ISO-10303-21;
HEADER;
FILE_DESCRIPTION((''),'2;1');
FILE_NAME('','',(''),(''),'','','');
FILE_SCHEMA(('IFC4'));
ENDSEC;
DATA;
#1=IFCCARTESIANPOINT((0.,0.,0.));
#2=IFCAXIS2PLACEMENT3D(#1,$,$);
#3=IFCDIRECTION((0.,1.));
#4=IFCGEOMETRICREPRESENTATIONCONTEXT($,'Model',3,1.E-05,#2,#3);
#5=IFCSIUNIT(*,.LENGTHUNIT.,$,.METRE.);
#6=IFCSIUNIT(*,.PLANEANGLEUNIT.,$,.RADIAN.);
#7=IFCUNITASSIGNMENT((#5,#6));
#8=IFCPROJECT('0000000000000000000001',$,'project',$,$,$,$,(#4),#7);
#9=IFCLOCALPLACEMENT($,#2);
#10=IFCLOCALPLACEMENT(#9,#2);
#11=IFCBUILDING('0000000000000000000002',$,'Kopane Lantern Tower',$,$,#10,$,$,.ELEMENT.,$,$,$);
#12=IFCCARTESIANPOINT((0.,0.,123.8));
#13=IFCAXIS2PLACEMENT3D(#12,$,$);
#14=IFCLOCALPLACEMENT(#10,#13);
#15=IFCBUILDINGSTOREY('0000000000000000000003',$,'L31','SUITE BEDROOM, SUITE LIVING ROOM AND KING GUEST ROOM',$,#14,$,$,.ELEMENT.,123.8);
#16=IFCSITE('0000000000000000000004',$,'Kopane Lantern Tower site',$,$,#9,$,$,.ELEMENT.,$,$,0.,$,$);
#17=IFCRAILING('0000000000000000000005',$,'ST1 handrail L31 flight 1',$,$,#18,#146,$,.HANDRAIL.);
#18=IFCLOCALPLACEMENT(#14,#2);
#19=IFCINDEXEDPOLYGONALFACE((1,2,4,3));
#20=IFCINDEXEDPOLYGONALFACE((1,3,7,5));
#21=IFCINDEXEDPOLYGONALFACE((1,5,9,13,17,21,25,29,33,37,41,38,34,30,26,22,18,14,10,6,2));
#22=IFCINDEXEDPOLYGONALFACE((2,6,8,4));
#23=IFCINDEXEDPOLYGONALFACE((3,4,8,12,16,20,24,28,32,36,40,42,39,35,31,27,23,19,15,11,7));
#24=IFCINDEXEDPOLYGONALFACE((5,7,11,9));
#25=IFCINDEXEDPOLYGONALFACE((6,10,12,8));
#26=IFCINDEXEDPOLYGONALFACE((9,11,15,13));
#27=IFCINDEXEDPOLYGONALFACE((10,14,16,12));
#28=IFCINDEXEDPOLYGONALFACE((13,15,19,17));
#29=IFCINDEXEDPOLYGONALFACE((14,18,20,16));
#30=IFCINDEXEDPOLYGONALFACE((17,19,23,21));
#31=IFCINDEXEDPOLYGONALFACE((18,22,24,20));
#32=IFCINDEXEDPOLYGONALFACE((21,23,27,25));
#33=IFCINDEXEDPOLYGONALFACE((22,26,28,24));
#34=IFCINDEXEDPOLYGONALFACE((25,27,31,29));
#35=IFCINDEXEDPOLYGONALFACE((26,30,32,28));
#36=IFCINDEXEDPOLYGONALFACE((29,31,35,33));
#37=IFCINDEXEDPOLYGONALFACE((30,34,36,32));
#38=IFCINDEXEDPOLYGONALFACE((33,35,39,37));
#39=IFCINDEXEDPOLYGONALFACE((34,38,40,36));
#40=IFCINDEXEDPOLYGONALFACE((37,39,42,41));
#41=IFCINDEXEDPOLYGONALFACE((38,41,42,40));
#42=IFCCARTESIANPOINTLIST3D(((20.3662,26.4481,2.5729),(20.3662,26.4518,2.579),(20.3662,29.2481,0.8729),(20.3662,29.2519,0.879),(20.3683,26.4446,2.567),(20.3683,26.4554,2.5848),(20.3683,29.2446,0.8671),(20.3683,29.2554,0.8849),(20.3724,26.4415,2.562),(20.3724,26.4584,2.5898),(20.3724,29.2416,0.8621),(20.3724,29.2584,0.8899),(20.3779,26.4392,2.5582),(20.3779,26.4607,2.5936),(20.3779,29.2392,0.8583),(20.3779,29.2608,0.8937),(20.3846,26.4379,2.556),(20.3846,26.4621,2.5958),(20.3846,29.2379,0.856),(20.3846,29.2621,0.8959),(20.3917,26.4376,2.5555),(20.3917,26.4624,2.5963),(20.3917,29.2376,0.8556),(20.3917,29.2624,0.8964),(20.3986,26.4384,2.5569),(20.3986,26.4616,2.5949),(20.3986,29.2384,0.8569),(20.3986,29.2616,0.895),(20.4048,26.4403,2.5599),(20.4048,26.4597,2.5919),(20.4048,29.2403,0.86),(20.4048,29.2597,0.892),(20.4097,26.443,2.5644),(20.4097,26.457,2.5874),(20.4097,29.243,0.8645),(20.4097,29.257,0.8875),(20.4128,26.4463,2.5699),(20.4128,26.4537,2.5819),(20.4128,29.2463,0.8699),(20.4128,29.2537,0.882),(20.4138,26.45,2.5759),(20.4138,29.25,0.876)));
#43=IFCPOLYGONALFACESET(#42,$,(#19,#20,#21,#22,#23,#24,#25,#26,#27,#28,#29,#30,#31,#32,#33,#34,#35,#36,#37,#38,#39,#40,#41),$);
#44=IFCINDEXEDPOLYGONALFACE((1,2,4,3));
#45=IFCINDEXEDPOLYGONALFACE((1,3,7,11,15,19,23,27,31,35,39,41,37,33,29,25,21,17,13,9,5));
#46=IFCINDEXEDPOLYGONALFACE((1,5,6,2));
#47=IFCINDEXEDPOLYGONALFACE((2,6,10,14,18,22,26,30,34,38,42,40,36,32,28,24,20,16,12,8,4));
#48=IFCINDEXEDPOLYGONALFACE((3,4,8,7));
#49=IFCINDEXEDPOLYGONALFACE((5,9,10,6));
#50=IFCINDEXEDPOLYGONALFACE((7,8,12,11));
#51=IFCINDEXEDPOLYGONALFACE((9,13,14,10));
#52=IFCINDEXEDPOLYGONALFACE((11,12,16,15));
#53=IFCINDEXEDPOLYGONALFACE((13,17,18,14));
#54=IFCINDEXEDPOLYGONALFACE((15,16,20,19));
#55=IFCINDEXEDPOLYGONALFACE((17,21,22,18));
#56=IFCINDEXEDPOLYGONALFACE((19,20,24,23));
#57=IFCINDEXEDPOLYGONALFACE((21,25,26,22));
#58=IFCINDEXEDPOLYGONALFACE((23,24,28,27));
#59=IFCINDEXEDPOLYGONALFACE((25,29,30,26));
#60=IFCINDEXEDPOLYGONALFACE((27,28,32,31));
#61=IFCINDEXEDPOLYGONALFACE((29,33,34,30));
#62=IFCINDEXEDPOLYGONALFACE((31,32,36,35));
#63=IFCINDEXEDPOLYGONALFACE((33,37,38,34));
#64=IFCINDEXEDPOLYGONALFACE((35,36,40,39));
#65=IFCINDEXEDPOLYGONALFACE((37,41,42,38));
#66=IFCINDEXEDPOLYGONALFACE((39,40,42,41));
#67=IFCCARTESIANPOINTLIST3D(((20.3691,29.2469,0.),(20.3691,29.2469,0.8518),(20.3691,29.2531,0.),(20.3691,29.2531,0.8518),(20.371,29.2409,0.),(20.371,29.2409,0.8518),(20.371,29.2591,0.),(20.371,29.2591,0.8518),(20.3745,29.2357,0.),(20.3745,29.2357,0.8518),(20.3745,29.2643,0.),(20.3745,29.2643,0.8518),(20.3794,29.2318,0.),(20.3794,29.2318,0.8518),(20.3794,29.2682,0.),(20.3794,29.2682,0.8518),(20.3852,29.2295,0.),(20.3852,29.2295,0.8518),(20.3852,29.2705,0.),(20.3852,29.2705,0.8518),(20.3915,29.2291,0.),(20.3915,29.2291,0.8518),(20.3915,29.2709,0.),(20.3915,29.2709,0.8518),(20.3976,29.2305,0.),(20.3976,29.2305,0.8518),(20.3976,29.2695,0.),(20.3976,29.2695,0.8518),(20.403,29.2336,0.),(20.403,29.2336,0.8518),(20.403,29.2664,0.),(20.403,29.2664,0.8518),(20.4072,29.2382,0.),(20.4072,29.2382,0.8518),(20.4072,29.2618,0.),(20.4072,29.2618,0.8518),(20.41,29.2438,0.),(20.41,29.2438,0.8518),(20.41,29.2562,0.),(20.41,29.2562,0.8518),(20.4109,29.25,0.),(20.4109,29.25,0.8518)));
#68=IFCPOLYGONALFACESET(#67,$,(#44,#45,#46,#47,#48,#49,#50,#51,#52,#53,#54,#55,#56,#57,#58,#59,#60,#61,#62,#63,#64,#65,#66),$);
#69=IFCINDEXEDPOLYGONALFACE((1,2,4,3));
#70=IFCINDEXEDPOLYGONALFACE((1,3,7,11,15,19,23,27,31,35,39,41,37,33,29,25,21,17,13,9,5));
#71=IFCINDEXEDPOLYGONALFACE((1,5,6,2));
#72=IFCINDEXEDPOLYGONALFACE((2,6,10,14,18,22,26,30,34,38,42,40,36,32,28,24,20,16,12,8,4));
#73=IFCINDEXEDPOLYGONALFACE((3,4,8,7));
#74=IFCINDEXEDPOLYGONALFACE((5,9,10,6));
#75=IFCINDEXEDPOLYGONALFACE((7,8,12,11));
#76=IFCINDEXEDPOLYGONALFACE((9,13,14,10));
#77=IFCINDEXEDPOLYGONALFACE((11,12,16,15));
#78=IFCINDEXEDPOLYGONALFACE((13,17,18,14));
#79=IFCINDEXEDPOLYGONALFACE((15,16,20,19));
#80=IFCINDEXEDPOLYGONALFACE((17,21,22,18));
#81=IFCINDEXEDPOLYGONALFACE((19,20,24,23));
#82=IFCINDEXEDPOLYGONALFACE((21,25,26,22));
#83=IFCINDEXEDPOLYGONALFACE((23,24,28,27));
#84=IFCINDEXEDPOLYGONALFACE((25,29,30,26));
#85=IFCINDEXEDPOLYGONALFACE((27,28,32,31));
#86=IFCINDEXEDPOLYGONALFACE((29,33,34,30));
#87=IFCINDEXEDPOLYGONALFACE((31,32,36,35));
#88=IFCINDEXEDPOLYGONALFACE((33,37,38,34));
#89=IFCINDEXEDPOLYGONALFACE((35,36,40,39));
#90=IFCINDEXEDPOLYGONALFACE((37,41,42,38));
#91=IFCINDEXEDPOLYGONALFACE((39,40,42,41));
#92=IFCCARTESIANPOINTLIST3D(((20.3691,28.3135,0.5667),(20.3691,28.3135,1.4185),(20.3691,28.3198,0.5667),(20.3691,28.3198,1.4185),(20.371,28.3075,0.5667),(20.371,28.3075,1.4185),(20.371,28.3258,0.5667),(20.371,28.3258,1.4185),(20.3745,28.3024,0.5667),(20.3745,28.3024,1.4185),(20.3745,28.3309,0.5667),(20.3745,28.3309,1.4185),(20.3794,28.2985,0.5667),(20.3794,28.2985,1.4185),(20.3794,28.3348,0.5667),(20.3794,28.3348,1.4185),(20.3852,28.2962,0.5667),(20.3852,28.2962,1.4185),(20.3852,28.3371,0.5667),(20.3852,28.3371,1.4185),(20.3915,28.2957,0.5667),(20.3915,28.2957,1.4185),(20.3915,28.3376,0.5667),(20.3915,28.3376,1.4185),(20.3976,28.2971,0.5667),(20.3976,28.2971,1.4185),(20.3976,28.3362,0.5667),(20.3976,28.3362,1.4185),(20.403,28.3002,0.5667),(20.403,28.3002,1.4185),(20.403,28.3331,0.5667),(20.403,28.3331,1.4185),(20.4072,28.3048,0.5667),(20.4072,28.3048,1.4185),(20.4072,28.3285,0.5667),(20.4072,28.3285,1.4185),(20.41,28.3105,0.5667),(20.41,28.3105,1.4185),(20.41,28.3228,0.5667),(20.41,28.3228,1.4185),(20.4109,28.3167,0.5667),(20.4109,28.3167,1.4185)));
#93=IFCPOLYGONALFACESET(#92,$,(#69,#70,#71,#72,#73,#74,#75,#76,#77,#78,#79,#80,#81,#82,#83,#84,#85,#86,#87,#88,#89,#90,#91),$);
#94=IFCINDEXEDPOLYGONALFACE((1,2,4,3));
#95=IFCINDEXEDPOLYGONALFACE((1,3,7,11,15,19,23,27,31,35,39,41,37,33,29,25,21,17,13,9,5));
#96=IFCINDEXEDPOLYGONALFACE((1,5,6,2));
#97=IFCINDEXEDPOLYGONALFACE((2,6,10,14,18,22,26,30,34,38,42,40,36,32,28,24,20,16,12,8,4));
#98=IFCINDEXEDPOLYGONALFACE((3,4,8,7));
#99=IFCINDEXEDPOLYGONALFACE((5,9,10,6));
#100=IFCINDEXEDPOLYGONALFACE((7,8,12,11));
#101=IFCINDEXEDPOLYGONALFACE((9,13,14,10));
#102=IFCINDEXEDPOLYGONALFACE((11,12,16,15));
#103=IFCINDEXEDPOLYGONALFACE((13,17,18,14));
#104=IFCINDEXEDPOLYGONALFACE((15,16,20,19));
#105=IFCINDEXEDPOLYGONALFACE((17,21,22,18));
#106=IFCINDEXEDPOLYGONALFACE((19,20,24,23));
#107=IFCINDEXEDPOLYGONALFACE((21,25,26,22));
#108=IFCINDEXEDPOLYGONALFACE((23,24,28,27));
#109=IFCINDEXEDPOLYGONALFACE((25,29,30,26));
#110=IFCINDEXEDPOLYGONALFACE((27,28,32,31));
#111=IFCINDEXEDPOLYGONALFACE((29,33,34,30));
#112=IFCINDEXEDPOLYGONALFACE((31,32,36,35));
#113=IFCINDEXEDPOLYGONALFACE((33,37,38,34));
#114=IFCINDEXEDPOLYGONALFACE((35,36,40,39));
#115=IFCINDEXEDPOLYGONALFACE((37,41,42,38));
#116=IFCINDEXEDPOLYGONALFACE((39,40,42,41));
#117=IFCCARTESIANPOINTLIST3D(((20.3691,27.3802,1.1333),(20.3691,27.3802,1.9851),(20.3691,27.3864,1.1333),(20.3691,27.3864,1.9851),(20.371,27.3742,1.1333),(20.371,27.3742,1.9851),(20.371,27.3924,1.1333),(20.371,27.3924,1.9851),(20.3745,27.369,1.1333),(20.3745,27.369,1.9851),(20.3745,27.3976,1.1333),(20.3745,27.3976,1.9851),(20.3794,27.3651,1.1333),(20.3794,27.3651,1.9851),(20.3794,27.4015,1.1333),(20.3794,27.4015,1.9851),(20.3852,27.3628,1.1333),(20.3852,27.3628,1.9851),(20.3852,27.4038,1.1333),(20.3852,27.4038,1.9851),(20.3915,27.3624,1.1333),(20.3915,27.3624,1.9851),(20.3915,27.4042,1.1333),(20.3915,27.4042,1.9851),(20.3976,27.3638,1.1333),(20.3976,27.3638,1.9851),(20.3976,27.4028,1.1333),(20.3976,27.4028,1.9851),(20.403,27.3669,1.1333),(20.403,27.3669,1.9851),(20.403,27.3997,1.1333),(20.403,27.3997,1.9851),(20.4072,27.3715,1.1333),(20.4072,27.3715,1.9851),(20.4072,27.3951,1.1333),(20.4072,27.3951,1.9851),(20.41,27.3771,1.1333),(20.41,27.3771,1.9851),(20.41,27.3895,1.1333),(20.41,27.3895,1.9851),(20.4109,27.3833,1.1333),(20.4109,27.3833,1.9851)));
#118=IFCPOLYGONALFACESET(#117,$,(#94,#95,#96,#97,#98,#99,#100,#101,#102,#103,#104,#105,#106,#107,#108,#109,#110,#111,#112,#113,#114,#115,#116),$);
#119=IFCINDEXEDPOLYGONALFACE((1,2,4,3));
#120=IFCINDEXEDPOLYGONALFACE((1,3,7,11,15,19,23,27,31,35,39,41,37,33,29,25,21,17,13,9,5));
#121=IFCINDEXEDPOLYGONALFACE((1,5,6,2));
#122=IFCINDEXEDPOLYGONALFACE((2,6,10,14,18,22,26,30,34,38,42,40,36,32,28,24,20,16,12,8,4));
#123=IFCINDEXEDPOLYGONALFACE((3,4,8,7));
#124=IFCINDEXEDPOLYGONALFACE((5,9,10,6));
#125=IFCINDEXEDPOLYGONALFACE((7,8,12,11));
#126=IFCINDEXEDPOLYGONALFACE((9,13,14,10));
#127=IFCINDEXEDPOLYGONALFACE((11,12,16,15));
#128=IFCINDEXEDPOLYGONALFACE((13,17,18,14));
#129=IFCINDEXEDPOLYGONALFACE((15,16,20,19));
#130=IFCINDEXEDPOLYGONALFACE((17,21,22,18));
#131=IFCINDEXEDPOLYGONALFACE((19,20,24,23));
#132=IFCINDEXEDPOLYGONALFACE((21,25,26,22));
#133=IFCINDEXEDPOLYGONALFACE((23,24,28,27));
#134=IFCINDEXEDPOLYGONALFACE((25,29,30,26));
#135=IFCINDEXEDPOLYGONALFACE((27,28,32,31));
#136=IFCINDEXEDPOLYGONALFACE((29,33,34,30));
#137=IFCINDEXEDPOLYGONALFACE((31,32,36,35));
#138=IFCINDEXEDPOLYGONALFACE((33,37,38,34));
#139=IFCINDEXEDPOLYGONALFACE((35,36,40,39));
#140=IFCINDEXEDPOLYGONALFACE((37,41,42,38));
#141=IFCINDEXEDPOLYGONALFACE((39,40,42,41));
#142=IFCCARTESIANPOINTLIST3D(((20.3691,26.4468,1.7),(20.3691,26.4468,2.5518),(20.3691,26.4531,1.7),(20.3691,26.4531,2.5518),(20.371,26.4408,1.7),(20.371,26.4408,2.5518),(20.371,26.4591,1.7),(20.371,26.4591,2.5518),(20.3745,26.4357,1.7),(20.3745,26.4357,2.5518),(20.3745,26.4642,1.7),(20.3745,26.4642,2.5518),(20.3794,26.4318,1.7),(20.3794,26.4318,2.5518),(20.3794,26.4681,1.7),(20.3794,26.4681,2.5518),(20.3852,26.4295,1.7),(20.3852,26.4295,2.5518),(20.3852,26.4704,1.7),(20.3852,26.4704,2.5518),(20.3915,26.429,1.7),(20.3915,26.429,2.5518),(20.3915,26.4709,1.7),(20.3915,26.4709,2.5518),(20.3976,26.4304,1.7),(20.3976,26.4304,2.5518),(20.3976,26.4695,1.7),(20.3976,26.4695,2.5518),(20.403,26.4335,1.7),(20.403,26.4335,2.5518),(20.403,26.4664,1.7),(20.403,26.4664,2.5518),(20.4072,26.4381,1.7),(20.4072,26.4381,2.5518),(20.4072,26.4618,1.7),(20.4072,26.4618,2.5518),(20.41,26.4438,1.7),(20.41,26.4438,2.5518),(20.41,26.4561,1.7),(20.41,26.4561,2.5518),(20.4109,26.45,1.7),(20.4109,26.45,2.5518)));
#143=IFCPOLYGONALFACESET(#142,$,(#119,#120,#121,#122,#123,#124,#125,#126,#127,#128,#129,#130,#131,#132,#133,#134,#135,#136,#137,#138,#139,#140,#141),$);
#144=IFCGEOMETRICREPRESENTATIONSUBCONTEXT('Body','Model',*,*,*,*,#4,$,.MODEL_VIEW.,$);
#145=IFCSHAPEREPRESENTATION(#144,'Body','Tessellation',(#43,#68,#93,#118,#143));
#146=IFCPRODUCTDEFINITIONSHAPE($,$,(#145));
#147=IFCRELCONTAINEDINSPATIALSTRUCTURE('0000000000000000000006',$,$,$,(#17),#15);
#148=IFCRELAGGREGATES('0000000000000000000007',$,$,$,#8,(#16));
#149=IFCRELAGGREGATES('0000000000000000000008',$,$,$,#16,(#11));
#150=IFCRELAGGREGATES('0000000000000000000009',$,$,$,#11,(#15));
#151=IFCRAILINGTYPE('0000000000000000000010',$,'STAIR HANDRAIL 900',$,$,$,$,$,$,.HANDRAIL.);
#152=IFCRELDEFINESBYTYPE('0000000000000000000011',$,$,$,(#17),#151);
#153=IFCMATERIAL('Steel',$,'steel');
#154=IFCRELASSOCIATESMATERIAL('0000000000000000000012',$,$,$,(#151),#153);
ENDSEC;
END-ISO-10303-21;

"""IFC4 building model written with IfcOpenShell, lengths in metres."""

from ifc_helpers import new_model, si_unit, direction, frame, origin, origin_2d, place, context, subcontext, project, spatial, circle, extrude, material, type_object, element, save


model = new_model("IFC4")

# Units and contexts
model_context = context("Model", 3, precision=1e-05, world=origin(), true_north=direction((0.0, 1.0)))
body_context = subcontext(model_context, "Body", "Model", "MODEL_VIEW")
ifc_project = project(units=[si_unit("LENGTHUNIT", "METRE"), si_unit("PLANEANGLEUNIT", "RADIAN")], contexts=[model_context])

# Site, building, storey
site_placement = place(None, origin())
site = spatial("IfcSite", under=ifc_project, at=site_placement, Name="Kopane Lantern Tower site", CompositionType="ELEMENT", RefElevation=0.0)
building_placement = place(site_placement, origin())
building = spatial("IfcBuilding", under=site, at=building_placement, Name="Kopane Lantern Tower", CompositionType="ELEMENT")
storey_placement = place(building_placement, frame((0.0, 0.0, 123.8)))
storey = spatial("IfcBuildingStorey", under=building, at=storey_placement, Name="L31", Description="SUITE BEDROOM, SUITE LIVING ROOM AND KING GUEST ROOM", CompositionType="ELEMENT", Elevation=123.8)

# Railing
ifc_material_1 = material(Name="Steel", Category="steel")
railing_type_1 = type_object("IfcRailingType", Name="STAIR HANDRAIL 900", PredefinedType="HANDRAIL", material=ifc_material_1)
for number, where, name in (
    (1, (20.3899, 29.25, 0.0), "ST1 handrail L31 flight 1"),
):
    element("IfcRailing", number, at=place(storey_placement, frame(where)), inside=storey, type_object=railing_type_1, Name=name, PredefinedType="HANDRAIL", context=body_context, shape_type="SweptSolid", body=[
        extrude(circle(Radius=0.0239, at=origin_2d()), frame((0.0, 0.0, 0.876), z_axis=(0.0, -0.854798, 0.518961), x_axis=(1.0, 0.0, 0.0)), (0.0, 0.0, 1.0), 3.2756),
        extrude(circle(Radius=0.021, at=origin_2d()), origin(), (0.0, 0.0, 1.0), 0.8518),
        extrude(circle(Radius=0.021, at=origin_2d()), frame((0.0, -0.9333, 0.5667)), (0.0, 0.0, 1.0), 0.8518),
        extrude(circle(Radius=0.021, at=origin_2d()), frame((0.0, -1.8667, 1.1333)), (0.0, 0.0, 1.0), 0.8518),
        extrude(circle(Radius=0.021, at=origin_2d()), frame((0.0, -2.8, 1.7)), (0.0, 0.0, 1.0), 0.8518),
    ])

save(model, "model.ifc")
